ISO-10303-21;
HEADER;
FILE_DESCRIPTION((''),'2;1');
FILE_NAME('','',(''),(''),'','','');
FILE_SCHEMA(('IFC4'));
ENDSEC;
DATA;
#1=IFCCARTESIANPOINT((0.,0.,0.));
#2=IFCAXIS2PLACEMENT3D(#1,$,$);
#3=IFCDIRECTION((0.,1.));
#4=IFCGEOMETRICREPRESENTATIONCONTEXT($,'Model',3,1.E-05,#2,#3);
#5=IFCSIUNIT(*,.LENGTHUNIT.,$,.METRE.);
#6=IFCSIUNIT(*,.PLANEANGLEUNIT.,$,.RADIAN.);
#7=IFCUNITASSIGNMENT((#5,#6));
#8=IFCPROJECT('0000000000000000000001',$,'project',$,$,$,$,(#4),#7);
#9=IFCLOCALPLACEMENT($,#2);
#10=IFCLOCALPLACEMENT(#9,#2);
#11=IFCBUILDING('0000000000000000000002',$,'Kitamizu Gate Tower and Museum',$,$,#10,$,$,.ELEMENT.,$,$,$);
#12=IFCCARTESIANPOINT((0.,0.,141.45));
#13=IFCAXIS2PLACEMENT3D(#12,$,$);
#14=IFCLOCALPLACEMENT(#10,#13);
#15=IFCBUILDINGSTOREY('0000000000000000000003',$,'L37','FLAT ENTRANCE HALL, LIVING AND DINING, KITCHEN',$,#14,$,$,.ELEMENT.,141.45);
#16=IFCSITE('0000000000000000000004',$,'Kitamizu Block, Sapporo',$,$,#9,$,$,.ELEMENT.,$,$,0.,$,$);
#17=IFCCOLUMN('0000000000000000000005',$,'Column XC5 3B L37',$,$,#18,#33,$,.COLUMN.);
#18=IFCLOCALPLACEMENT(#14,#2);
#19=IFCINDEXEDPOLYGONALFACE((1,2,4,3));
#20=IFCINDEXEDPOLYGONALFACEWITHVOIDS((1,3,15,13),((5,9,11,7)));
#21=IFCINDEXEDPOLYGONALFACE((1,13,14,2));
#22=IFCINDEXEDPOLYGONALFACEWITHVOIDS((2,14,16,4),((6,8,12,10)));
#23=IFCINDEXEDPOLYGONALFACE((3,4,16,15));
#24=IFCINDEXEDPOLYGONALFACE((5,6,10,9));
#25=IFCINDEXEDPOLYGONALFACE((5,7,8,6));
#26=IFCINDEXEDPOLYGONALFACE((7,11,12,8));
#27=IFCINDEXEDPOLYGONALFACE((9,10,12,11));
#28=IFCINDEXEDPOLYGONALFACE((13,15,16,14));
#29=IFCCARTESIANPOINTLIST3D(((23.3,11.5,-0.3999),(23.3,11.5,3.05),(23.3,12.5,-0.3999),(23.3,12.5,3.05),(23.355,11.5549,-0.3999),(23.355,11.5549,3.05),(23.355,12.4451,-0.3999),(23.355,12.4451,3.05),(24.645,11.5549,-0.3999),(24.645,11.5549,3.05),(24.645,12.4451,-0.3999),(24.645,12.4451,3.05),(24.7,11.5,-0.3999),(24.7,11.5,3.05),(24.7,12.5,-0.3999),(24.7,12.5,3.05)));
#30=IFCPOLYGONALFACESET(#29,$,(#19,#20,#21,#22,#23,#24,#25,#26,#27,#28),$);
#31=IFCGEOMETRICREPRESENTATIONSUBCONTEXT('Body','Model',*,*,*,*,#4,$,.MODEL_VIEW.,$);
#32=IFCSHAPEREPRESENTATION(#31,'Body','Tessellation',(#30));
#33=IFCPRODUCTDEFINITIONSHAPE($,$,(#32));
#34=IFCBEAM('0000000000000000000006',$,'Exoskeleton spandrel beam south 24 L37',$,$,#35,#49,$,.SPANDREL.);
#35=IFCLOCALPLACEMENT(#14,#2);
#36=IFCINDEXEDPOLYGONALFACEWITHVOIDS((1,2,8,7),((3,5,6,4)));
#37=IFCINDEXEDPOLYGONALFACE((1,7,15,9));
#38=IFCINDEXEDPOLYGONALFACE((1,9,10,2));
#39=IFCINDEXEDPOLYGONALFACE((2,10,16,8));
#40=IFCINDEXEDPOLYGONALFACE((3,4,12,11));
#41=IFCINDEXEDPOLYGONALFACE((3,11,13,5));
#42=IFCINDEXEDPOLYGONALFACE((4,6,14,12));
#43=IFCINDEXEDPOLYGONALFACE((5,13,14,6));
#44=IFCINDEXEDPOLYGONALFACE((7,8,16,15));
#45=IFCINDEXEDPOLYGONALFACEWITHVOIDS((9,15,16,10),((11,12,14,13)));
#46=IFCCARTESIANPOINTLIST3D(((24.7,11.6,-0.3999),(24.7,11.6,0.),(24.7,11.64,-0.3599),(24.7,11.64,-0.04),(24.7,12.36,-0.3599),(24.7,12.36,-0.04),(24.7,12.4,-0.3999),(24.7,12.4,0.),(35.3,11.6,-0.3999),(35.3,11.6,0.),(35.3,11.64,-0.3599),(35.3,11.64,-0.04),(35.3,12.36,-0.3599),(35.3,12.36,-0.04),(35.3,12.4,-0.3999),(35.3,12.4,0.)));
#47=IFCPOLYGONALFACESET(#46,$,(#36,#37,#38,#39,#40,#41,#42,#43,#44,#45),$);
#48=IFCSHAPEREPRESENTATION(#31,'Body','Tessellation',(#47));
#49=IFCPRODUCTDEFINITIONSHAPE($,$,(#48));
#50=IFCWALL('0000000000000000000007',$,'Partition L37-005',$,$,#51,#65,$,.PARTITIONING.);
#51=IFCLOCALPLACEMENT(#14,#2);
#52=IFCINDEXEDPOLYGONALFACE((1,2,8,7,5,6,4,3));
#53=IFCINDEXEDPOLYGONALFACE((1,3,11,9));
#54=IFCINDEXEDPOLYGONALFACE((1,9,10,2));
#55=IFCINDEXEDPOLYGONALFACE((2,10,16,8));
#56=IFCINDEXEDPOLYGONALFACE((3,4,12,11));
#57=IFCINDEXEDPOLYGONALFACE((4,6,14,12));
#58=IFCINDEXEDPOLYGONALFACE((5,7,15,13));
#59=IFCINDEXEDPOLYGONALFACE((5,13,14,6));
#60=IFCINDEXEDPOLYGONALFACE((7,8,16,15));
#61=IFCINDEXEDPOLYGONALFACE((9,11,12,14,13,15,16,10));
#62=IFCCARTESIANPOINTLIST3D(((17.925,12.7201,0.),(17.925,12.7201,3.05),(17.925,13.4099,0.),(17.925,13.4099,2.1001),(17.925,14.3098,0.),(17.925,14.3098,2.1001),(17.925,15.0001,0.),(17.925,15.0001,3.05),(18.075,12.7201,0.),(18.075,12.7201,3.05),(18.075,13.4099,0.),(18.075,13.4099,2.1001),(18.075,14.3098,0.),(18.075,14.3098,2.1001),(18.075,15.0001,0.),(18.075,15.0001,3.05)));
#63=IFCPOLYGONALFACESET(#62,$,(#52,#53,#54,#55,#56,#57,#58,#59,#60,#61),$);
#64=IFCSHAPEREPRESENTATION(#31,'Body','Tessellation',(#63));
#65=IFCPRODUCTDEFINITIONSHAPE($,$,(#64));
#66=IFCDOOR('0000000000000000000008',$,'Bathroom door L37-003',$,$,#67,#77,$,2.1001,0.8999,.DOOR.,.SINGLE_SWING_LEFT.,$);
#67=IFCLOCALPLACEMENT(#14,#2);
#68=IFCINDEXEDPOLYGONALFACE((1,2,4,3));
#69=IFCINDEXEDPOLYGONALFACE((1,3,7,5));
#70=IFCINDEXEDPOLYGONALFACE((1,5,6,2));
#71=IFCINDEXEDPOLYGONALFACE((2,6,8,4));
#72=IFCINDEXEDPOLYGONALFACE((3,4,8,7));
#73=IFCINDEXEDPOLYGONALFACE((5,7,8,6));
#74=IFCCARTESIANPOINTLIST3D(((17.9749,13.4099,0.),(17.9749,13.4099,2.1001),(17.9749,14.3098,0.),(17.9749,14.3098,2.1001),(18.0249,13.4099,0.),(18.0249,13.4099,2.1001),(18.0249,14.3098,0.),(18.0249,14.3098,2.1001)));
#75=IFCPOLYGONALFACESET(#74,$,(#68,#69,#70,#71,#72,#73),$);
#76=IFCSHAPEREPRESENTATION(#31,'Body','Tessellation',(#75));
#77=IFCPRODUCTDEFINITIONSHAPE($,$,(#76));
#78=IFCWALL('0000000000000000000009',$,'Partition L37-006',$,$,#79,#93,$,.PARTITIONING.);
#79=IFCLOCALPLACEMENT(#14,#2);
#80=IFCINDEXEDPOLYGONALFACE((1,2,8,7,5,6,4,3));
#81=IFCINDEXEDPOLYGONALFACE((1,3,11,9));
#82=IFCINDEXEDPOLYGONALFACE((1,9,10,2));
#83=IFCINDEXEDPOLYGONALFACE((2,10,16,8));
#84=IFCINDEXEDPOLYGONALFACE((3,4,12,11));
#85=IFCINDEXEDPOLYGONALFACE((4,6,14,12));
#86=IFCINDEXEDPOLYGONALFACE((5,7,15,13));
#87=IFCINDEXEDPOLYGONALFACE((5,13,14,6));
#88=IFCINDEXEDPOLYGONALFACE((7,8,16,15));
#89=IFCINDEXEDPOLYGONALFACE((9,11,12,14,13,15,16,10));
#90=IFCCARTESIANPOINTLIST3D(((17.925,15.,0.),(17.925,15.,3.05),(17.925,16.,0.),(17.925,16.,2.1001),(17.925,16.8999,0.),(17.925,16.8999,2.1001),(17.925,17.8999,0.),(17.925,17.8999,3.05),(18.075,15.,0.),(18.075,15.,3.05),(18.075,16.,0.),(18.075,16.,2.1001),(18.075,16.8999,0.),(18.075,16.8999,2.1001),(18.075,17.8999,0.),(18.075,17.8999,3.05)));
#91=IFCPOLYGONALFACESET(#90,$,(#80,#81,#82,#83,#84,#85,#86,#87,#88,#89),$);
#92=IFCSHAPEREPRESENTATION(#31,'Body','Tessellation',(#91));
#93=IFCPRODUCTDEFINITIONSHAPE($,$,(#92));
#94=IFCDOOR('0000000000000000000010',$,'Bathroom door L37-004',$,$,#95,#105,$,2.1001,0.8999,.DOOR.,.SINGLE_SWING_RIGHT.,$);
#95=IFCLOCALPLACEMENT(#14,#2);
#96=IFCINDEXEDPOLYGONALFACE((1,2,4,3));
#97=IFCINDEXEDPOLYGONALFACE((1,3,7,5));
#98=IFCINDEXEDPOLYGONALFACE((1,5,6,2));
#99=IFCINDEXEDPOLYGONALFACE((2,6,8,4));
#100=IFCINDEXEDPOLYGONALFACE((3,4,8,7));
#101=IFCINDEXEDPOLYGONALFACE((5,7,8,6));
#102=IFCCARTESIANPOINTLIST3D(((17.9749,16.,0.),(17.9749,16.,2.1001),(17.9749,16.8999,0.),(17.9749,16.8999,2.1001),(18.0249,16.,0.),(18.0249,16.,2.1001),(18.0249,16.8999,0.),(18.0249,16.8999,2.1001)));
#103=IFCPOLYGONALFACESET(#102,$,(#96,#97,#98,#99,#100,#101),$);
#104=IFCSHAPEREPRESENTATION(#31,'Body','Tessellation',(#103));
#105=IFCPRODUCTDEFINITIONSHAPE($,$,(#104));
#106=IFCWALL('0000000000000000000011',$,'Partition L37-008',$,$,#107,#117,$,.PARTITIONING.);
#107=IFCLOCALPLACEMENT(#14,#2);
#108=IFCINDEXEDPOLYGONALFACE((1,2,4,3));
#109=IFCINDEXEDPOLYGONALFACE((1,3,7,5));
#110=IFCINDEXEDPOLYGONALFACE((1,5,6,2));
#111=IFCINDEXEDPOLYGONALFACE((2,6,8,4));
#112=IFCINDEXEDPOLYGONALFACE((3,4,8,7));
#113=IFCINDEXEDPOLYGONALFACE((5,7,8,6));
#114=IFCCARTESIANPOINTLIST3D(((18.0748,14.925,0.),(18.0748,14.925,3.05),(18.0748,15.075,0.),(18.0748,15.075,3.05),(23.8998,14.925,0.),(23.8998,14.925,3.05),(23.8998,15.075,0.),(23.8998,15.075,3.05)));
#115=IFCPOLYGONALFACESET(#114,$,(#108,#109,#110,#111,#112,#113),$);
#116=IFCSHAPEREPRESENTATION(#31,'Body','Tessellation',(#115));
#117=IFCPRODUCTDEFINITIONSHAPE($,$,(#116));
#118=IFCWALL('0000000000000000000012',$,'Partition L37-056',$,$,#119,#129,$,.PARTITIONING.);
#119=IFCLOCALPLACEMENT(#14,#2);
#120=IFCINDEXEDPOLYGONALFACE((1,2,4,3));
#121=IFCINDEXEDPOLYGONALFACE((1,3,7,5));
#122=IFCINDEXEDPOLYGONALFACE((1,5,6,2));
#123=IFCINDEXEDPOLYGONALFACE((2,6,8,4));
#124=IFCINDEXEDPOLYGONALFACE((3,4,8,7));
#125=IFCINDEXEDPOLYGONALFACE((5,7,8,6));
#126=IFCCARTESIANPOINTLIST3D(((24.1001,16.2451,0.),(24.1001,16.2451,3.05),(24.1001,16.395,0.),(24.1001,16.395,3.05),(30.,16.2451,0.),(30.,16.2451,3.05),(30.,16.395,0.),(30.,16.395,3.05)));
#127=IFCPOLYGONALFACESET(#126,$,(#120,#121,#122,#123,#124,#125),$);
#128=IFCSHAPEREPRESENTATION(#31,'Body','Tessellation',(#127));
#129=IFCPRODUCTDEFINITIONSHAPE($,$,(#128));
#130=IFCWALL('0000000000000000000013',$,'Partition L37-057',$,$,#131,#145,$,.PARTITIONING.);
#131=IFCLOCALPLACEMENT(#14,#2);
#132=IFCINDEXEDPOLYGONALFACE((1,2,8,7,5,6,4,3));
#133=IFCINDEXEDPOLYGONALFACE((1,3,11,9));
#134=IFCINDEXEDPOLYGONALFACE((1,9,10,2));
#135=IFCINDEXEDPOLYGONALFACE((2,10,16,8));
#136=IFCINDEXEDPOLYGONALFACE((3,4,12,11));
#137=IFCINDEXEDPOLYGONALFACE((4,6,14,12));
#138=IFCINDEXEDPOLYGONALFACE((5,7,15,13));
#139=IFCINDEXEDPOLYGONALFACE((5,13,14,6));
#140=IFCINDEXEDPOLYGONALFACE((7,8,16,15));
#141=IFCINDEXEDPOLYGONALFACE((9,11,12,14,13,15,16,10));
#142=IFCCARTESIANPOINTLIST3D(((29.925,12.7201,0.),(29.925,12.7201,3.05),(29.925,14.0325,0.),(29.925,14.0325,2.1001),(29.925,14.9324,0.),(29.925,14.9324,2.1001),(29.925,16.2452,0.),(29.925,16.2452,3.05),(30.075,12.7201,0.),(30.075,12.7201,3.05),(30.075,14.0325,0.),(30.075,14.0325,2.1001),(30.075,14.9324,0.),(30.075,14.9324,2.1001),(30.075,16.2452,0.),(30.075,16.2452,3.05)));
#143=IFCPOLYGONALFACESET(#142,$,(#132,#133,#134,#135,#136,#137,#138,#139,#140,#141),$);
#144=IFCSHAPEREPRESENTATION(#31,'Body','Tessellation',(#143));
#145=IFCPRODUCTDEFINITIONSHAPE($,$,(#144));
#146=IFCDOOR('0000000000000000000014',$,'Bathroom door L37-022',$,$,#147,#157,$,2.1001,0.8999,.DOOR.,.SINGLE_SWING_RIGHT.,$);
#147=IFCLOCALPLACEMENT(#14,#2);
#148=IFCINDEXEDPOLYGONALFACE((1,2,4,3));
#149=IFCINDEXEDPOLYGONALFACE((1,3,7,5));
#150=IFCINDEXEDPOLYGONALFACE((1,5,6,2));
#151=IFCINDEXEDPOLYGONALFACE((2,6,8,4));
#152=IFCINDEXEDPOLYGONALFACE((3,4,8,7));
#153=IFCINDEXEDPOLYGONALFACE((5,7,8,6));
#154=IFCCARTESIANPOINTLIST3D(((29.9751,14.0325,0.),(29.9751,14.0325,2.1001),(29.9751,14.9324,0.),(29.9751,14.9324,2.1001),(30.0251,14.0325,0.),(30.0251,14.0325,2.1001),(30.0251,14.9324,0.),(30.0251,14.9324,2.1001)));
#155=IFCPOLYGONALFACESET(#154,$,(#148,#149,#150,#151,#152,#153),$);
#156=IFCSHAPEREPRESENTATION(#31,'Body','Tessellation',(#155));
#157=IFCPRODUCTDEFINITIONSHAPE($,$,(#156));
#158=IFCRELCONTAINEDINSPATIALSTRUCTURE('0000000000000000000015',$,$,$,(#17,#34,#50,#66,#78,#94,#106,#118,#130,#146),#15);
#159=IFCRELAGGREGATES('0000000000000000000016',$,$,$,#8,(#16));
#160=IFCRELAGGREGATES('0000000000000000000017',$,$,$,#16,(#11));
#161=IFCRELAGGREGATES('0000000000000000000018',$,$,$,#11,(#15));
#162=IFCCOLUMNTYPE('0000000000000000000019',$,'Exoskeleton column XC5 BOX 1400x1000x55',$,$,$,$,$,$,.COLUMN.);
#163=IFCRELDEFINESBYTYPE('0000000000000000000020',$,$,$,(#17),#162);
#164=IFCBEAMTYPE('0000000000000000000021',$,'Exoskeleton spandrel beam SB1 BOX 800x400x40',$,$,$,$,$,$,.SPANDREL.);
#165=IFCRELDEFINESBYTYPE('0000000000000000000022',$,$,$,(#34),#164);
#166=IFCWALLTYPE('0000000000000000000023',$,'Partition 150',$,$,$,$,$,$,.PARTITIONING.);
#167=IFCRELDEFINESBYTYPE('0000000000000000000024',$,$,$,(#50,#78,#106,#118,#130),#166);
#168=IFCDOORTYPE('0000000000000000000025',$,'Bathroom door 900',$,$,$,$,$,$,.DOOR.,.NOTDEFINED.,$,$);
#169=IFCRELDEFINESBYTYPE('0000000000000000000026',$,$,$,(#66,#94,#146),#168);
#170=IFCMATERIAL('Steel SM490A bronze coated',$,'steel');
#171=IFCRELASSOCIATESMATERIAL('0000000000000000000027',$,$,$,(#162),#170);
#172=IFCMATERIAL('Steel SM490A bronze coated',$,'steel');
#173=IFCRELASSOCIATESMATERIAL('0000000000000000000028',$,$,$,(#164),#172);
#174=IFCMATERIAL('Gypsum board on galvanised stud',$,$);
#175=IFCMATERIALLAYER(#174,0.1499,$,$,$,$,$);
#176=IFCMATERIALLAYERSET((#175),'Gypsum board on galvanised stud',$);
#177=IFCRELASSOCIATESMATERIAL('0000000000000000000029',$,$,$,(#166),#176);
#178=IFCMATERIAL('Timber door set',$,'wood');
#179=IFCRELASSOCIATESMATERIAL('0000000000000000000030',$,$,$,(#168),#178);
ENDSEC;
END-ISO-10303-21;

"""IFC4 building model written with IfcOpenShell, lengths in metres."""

from ifc_helpers import new_model, si_unit, direction, frame, frame_2d, origin, origin_2d, place, context, subcontext, project, spatial, rectangle, hollow_rectangle, extrude, material, layer, layer_set, material_profile, profile_set, type_object, element, fill, save


model = new_model("IFC4")

# Units and contexts
model_context = context("Model", 3, precision=1e-05, world=origin(), true_north=direction((0.0, 1.0)))
body_context = subcontext(model_context, "Body", "Model", "MODEL_VIEW")
ifc_project = project(units=[si_unit("LENGTHUNIT", "METRE"), si_unit("PLANEANGLEUNIT", "RADIAN")], contexts=[model_context])

# Site, building, storey
site_placement = place(None, origin())
site = spatial("IfcSite", under=ifc_project, at=site_placement, Name="Kitamizu Block, Sapporo", CompositionType="ELEMENT", RefElevation=0.0)
building_placement = place(site_placement, origin())
building = spatial("IfcBuilding", under=site, at=building_placement, Name="Kitamizu Gate Tower and Museum", CompositionType="ELEMENT")
storey_placement = place(building_placement, frame((0.0, 0.0, 141.45)))
storey = spatial("IfcBuildingStorey", under=building, at=storey_placement, Name="L37", Description="FLAT ENTRANCE HALL, LIVING AND DINING, KITCHEN", CompositionType="ELEMENT", Elevation=141.45)

# Column
ifc_material_1 = material(Name="Steel SM490A bronze coated", Category="steel")
ifc_material_profile_1 = material_profile(ifc_material_1, hollow_rectangle(XDim=1.3999, YDim=1.0, WallThickness=0.0549, at=origin_2d()), Name="BOX 1400x1000x55")
ifc_profile_set_1 = profile_set([ifc_material_profile_1], Name="Steel SM490A bronze coated")
column_type = type_object("IfcColumnType", Name="Exoskeleton column XC5 BOX 1400x1000x55", PredefinedType="COLUMN", material=ifc_profile_set_1)
column_placement = place(storey_placement, frame((24.0, 12.0, -0.3999), z_axis=(0.0, 0.0, 1.0), x_axis=(1.0, 0.0, 0.0)))
element("IfcColumn", 1, at=column_placement, inside=storey, type_object=column_type, Name="Column XC5 3B L37", PredefinedType="COLUMN", context=body_context, shape_type="SweptSolid", body=[
    extrude(hollow_rectangle(XDim=1.3999, YDim=1.0, WallThickness=0.0549, at=origin_2d()), origin(), (0.0, 0.0, 1.0), 3.45),
])

# Beam
ifc_material_2 = material(Name="Steel SM490A bronze coated", Category="steel")
ifc_material_profile_2 = material_profile(ifc_material_2, hollow_rectangle(XDim=0.8, YDim=0.3999, WallThickness=0.04, at=origin_2d()), Name="BOX 800x400x40")
ifc_profile_set_2 = profile_set([ifc_material_profile_2], Name="Steel SM490A bronze coated")
beam_type = type_object("IfcBeamType", Name="Exoskeleton spandrel beam SB1 BOX 800x400x40", PredefinedType="SPANDREL", material=ifc_profile_set_2)
beam_placement = place(storey_placement, frame((24.7, 12.0, -0.2), z_axis=(1.0, 0.0, 0.0), x_axis=(0.0, 1.0, 0.0)))
element("IfcBeam", 2, at=beam_placement, inside=storey, type_object=beam_type, Name="Exoskeleton spandrel beam south 24 L37", PredefinedType="SPANDREL", context=body_context, shape_type="SweptSolid", body=[
    extrude(hollow_rectangle(XDim=0.8, YDim=0.3999, WallThickness=0.04, at=origin_2d()), origin(), (0.0, 0.0, 1.0), 10.6001),
])

# Walls, openings, doors
ifc_material_3 = material(Name="Gypsum board on galvanised stud")
ifc_layer_1 = layer(ifc_material_3, 0.1499)
ifc_layer_set_1 = layer_set([ifc_layer_1], Name="Gypsum board on galvanised stud")
wall_type_1 = type_object("IfcWallType", Name="Partition 150", PredefinedType="PARTITIONING", material=ifc_layer_set_1)
wall_1_placement = place(storey_placement, frame((18.0, 12.72, 0.0), z_axis=(0.0, 0.0, 1.0), x_axis=(0.0, 1.0, 0.0)))
wall_1 = element("IfcWall", 3, at=wall_1_placement, inside=storey, type_object=wall_type_1, Name="Partition L37-005", PredefinedType="PARTITIONING", context=body_context, shape_type="SweptSolid", body=[
    extrude(rectangle(XDim=2.28, YDim=0.1499, at=frame_2d((1.1401, 0.0))), origin(), (0.0, 0.0, 1.0), 3.05),
])
opening_1_placement = place(wall_1_placement, frame((0.6899, 0.0, 0.0)))
opening_1 = element("IfcOpeningElement", 4, at=opening_1_placement, cuts=wall_1, PredefinedType="OPENING", context=body_context, shape_type="SweptSolid", body=[
    extrude(rectangle(XDim=0.8999, YDim=2.1001, at=frame_2d((0.45, 1.05))), frame((0.0, 0.085, 0.0), z_axis=(0.0, -1.0, 0.0), x_axis=(1.0, 0.0, 0.0)), (0.0, 0.0, 1.0), 0.1699),
])
ifc_material_4 = material(Name="Timber door set", Category="wood")
door_type = type_object("IfcDoorType", Name="Bathroom door 900", OperationType="NOTDEFINED", PredefinedType="DOOR", material=ifc_material_4)
door_1_placement = place(opening_1_placement, frame((0.8999, 0.0, 0.0), x_axis=(-1.0, 0.0, 0.0)))
door_1 = element("IfcDoor", 5, at=door_1_placement, inside=storey, type_object=door_type, Name="Bathroom door L37-003", OperationType="SINGLE_SWING_LEFT", OverallHeight=2.1001, OverallWidth=0.8999, PredefinedType="DOOR", context=body_context, shape_type="SweptSolid", body=[
    extrude(rectangle(XDim=0.8999, YDim=2.1001, at=frame_2d((0.45, 1.05))), frame((0.0, 0.0249, 0.0), z_axis=(0.0, -1.0, 0.0), x_axis=(1.0, 0.0, 0.0)), (0.0, 0.0, 1.0), 0.05),
])
fill(opening_1, door_1)
wall_2_placement = place(storey_placement, frame((18.0, 15.0, 0.0), z_axis=(0.0, 0.0, 1.0), x_axis=(0.0, 1.0, 0.0)))
wall_2 = element("IfcWall", 6, at=wall_2_placement, inside=storey, type_object=wall_type_1, Name="Partition L37-006", PredefinedType="PARTITIONING", context=body_context, shape_type="SweptSolid", body=[
    extrude(rectangle(XDim=2.8999, YDim=0.1499, at=frame_2d((1.45, 0.0))), origin(), (0.0, 0.0, 1.0), 3.05),
])
opening_2_placement = place(wall_2_placement, frame((1.0, 0.0, 0.0)))
opening_2 = element("IfcOpeningElement", 7, at=opening_2_placement, cuts=wall_2, PredefinedType="OPENING", context=body_context, shape_type="SweptSolid", body=[
    extrude(rectangle(XDim=0.8999, YDim=2.1001, at=frame_2d((0.45, 1.05))), frame((0.0, 0.085, 0.0), z_axis=(0.0, -1.0, 0.0), x_axis=(1.0, 0.0, 0.0)), (0.0, 0.0, 1.0), 0.1699),
])
door_2_placement = place(opening_2_placement, frame((0.8999, 0.0, 0.0), x_axis=(-1.0, 0.0, 0.0)))
door_2 = element("IfcDoor", 8, at=door_2_placement, inside=storey, type_object=door_type, Name="Bathroom door L37-004", OperationType="SINGLE_SWING_RIGHT", OverallHeight=2.1001, OverallWidth=0.8999, PredefinedType="DOOR", context=body_context, shape_type="SweptSolid", body=[
    extrude(rectangle(XDim=0.8999, YDim=2.1001, at=frame_2d((0.45, 1.05))), frame((0.0, 0.0249, 0.0), z_axis=(0.0, -1.0, 0.0), x_axis=(1.0, 0.0, 0.0)), (0.0, 0.0, 1.0), 0.05),
])
fill(opening_2, door_2)

# Walls
wall_3_placement = place(storey_placement, frame((23.8999, 15.0, 0.0), z_axis=(0.0, 0.0, 1.0), x_axis=(-1.0, 0.0, 0.0)))
element("IfcWall", 9, at=wall_3_placement, inside=storey, type_object=wall_type_1, Name="Partition L37-008", PredefinedType="PARTITIONING", context=body_context, shape_type="SweptSolid", body=[
    extrude(rectangle(XDim=5.825, YDim=0.1499, at=frame_2d((2.9126, 0.0))), origin(), (0.0, 0.0, 1.0), 3.05),
])
wall_4_placement = place(storey_placement, frame((30.0, 16.3201, 0.0), z_axis=(0.0, 0.0, 1.0), x_axis=(-1.0, 0.0, 0.0)))
element("IfcWall", 10, at=wall_4_placement, inside=storey, type_object=wall_type_1, Name="Partition L37-056", PredefinedType="PARTITIONING", context=body_context, shape_type="SweptSolid", body=[
    extrude(rectangle(XDim=5.8999, YDim=0.1499, at=frame_2d((2.95, 0.0))), origin(), (0.0, 0.0, 1.0), 3.05),
])

# Wall, opening, door
wall_5_placement = place(storey_placement, frame((30.0, 12.72, 0.0), z_axis=(0.0, 0.0, 1.0), x_axis=(0.0, 1.0, 0.0)))
wall_5 = element("IfcWall", 11, at=wall_5_placement, inside=storey, type_object=wall_type_1, Name="Partition L37-057", PredefinedType="PARTITIONING", context=body_context, shape_type="SweptSolid", body=[
    extrude(rectangle(XDim=3.5251, YDim=0.1499, at=frame_2d((1.7627, 0.0))), origin(), (0.0, 0.0, 1.0), 3.05),
])
opening_3_placement = place(wall_5_placement, frame((1.3125, 0.0, 0.0)))
opening_3 = element("IfcOpeningElement", 12, at=opening_3_placement, cuts=wall_5, PredefinedType="OPENING", context=body_context, shape_type="SweptSolid", body=[
    extrude(rectangle(XDim=0.8999, YDim=2.1001, at=frame_2d((0.45, 1.05))), frame((0.0, 0.085, 0.0), z_axis=(0.0, -1.0, 0.0), x_axis=(1.0, 0.0, 0.0)), (0.0, 0.0, 1.0), 0.1699),
])
door_3_placement = place(opening_3_placement, origin())
door_3 = element("IfcDoor", 13, at=door_3_placement, inside=storey, type_object=door_type, Name="Bathroom door L37-022", OperationType="SINGLE_SWING_RIGHT", OverallHeight=2.1001, OverallWidth=0.8999, PredefinedType="DOOR", context=body_context, shape_type="SweptSolid", body=[
    extrude(rectangle(XDim=0.8999, YDim=2.1001, at=frame_2d((0.45, 1.05))), frame((0.0, 0.0249, 0.0), z_axis=(0.0, -1.0, 0.0), x_axis=(1.0, 0.0, 0.0)), (0.0, 0.0, 1.0), 0.05),
])
fill(opening_3, door_3)

save(model, "model.ifc")
